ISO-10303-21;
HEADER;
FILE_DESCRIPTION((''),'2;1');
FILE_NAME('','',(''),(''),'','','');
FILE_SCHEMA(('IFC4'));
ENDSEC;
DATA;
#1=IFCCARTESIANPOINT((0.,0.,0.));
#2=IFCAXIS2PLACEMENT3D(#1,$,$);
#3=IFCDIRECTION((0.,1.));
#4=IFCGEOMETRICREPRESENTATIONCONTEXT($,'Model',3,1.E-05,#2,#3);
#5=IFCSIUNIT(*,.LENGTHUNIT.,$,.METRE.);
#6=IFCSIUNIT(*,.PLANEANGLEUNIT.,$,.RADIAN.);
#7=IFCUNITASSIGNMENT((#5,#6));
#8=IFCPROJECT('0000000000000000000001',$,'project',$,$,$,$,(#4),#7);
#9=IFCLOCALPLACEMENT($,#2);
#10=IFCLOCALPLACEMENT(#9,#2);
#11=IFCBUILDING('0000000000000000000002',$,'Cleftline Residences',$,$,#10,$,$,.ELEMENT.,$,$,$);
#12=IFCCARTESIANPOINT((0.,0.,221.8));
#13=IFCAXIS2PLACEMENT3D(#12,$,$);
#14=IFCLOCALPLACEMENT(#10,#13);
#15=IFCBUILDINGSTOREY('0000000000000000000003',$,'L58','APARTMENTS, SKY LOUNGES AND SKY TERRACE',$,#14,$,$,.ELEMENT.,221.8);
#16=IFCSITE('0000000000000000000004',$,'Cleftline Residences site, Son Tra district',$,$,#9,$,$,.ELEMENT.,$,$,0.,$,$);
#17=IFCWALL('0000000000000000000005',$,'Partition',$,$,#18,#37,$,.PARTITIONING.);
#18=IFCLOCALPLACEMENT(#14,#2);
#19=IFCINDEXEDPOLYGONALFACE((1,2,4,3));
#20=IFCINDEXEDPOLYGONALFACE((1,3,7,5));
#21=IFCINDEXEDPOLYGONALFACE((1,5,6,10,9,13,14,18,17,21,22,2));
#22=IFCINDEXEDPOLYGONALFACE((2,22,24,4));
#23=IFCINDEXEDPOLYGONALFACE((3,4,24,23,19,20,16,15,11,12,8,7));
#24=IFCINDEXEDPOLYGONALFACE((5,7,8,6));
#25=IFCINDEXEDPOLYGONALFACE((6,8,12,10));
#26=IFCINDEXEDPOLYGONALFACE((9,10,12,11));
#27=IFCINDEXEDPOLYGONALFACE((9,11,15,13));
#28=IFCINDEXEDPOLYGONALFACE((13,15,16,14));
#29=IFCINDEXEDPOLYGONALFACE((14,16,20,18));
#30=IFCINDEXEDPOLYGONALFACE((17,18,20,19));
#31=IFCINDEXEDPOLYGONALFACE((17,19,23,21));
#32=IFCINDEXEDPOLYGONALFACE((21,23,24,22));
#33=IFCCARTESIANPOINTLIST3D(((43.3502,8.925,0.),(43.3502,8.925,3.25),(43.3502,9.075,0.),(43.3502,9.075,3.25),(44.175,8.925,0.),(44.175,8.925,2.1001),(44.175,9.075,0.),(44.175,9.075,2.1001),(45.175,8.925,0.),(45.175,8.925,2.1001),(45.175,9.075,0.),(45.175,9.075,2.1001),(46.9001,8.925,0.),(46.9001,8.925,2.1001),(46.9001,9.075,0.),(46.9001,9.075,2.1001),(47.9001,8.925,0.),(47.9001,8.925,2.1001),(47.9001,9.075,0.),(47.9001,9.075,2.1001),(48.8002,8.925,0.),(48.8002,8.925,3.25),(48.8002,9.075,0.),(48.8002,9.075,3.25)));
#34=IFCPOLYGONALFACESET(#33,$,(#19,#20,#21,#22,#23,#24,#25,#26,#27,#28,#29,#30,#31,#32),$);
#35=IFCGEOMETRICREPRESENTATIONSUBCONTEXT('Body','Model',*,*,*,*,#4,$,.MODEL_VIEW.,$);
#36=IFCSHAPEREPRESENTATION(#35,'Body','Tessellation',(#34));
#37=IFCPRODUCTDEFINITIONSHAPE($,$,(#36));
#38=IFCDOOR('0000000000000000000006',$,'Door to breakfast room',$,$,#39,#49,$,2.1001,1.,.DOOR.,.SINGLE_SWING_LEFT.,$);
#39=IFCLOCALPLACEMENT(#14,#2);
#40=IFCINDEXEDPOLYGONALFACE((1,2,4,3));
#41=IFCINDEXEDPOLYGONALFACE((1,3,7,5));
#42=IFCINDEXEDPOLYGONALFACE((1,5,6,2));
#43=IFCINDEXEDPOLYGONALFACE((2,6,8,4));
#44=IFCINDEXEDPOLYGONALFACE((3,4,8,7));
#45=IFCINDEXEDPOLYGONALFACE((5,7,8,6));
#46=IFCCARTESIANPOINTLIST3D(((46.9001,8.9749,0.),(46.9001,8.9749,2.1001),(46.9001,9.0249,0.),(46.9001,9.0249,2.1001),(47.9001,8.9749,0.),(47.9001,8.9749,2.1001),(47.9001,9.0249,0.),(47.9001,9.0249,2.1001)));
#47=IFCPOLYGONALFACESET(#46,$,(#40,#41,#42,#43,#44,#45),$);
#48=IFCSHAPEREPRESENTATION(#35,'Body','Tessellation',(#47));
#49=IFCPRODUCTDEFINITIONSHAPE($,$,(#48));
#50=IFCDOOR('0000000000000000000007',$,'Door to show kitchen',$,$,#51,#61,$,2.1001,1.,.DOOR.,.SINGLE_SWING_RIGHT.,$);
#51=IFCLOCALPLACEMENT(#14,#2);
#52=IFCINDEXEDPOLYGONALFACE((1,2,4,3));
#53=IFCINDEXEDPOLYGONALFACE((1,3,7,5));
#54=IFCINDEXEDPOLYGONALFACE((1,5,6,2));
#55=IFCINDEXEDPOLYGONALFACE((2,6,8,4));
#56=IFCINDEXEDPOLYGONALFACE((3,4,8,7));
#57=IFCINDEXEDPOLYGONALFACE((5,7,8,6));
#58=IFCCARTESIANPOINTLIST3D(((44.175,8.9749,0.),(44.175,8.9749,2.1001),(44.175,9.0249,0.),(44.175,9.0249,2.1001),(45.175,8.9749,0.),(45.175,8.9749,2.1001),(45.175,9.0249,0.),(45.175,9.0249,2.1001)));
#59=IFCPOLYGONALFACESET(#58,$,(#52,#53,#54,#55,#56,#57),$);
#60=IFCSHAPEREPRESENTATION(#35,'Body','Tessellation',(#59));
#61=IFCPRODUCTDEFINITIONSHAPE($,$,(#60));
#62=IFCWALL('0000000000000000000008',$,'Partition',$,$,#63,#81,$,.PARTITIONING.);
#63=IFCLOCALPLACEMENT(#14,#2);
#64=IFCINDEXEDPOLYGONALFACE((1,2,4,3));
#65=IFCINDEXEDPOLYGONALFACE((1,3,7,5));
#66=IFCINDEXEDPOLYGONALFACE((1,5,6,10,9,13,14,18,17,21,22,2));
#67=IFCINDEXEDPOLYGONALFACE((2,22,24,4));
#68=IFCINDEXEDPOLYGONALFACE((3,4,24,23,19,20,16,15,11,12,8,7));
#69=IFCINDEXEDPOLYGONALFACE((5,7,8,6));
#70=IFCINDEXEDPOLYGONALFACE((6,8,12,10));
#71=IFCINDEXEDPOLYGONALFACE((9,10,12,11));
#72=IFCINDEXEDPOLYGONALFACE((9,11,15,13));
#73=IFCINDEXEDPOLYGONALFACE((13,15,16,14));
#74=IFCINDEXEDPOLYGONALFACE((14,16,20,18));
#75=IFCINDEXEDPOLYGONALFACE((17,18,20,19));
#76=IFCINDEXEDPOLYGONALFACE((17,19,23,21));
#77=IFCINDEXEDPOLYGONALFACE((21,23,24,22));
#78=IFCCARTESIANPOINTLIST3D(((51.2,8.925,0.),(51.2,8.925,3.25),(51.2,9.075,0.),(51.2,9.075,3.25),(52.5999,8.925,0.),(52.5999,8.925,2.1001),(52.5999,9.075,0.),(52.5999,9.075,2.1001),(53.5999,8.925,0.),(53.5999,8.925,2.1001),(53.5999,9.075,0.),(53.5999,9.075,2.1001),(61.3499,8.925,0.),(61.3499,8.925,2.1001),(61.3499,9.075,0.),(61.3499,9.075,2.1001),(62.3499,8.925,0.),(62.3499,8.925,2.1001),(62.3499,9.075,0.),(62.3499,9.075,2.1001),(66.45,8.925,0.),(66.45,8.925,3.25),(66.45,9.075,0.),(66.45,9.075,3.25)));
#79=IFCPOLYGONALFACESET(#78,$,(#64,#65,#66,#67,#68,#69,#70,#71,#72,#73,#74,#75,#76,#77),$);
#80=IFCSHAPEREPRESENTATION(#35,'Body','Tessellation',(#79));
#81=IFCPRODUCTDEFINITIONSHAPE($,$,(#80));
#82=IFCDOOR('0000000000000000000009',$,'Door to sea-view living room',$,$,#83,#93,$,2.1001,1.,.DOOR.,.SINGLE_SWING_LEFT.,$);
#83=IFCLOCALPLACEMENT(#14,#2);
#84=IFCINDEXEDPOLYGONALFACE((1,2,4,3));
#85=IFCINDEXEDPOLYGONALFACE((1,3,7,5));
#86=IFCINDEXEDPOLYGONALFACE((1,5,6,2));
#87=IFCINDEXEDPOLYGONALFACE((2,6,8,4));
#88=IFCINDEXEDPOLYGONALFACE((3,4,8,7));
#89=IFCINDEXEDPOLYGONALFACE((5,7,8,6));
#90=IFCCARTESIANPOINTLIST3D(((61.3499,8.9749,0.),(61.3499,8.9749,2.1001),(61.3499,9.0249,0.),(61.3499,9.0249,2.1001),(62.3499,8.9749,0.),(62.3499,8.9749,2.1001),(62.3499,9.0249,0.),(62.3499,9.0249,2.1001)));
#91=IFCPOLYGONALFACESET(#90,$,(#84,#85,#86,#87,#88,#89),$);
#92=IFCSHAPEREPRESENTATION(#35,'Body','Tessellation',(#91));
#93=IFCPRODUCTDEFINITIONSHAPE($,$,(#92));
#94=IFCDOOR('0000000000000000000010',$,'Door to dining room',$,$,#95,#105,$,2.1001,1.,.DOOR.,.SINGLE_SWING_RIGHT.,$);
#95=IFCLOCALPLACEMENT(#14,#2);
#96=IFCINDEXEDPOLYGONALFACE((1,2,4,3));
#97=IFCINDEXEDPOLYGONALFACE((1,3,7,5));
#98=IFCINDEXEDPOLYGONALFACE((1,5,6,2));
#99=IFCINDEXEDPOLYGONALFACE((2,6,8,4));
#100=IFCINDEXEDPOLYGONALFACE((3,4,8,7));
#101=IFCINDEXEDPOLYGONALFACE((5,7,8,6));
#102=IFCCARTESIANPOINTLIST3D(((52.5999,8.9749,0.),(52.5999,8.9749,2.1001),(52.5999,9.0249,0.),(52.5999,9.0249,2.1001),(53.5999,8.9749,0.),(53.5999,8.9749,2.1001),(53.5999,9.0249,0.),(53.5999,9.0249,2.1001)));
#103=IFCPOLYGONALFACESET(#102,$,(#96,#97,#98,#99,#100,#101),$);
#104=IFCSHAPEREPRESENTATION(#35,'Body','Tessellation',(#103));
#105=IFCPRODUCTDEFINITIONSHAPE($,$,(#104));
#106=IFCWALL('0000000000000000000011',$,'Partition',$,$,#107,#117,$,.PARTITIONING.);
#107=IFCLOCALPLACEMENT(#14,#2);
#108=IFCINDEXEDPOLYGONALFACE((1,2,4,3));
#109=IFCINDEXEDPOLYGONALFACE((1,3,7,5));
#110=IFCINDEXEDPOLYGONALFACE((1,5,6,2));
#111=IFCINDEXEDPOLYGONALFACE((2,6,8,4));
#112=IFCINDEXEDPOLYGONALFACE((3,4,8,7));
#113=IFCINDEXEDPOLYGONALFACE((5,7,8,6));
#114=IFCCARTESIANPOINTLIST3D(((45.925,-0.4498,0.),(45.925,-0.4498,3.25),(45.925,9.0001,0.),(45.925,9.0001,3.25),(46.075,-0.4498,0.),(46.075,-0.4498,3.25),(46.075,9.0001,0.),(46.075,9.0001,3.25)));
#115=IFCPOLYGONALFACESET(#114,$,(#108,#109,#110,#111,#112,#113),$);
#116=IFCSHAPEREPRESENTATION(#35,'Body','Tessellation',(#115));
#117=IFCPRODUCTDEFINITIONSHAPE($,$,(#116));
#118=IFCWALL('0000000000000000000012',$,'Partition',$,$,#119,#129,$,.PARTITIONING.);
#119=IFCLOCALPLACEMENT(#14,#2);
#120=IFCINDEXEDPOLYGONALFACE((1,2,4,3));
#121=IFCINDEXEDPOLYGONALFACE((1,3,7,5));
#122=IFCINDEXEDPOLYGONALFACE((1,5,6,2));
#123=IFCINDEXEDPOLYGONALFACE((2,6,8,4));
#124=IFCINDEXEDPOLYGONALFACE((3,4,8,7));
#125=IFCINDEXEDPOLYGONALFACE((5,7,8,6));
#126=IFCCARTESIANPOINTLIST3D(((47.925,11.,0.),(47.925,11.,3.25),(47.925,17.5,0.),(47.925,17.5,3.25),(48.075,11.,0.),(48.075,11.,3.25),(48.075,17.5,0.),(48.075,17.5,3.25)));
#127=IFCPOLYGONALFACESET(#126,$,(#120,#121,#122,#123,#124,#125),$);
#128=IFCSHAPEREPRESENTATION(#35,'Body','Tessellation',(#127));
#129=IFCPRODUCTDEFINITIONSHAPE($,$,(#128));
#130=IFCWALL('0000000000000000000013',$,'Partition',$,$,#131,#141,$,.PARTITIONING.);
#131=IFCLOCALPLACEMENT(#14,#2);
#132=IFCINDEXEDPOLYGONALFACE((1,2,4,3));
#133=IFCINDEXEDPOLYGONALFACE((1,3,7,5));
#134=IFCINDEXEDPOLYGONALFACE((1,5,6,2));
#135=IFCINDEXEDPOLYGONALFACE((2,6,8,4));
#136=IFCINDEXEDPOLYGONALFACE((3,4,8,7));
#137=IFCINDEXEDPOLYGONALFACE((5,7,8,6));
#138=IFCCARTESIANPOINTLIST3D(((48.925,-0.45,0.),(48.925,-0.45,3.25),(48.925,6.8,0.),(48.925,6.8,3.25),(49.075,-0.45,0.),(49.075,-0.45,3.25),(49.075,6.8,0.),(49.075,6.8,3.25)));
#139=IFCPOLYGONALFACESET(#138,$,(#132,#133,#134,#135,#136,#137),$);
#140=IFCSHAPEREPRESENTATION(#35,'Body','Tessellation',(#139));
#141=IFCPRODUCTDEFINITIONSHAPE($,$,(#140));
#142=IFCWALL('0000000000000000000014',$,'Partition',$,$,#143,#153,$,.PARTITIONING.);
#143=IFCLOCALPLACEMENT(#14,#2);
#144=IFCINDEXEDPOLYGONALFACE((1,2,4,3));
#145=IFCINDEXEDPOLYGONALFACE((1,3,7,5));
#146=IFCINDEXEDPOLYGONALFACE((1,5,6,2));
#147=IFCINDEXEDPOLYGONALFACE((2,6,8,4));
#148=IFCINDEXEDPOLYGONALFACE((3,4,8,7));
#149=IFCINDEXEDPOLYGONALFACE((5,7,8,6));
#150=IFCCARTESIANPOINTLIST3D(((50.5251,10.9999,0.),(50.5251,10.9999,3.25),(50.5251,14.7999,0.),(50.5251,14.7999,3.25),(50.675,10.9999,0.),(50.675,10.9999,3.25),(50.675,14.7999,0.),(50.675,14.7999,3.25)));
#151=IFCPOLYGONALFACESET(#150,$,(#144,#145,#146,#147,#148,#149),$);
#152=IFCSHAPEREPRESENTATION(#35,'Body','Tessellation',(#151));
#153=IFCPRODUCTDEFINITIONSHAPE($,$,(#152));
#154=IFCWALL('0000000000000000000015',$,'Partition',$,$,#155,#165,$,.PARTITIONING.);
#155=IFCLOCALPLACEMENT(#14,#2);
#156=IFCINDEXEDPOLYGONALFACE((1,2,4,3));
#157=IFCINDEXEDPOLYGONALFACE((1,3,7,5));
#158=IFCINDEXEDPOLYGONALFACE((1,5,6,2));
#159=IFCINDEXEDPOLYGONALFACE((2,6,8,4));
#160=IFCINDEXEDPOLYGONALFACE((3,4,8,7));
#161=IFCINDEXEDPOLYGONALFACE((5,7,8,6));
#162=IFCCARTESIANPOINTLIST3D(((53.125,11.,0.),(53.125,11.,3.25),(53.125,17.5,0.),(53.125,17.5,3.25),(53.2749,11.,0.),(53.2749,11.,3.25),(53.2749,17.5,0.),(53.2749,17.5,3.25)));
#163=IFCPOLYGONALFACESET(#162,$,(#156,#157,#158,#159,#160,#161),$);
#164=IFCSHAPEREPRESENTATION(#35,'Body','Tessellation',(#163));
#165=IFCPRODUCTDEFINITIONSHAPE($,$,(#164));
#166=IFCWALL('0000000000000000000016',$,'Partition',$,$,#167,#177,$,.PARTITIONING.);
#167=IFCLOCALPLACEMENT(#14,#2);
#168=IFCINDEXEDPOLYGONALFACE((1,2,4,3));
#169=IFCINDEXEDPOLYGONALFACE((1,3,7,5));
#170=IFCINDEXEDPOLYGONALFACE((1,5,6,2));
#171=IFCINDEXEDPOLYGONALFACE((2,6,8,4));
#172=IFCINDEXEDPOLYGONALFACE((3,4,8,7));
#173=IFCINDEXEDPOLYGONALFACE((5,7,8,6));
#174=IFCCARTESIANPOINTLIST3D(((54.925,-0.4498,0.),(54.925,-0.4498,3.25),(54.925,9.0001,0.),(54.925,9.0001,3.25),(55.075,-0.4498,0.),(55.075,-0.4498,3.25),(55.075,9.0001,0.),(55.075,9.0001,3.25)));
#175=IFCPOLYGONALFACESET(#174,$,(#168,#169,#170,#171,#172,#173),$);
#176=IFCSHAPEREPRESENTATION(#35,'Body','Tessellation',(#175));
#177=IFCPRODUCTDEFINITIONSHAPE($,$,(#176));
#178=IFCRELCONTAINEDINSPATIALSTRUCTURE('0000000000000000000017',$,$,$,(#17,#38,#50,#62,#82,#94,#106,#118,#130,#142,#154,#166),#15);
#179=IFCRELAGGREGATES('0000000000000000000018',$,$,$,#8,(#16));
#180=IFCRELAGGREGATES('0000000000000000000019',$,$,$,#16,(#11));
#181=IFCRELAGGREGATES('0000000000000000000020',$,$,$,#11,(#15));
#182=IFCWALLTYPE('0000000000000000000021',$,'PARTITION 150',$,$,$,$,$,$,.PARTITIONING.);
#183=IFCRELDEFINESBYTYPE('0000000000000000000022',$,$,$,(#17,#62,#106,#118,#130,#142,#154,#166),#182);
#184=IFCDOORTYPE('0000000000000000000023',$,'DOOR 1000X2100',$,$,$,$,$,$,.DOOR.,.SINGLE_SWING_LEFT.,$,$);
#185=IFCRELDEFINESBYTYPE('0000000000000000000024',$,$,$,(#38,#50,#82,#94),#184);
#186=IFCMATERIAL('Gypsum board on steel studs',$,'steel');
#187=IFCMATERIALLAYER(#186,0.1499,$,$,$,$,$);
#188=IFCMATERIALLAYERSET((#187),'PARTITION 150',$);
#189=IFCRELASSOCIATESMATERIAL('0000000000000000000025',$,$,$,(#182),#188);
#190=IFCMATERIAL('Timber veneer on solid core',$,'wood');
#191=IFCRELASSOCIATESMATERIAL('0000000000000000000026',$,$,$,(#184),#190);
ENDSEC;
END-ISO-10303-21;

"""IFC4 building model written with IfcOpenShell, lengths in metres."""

from ifc_helpers import new_model, si_unit, direction, frame, frame_2d, origin, place, context, subcontext, project, spatial, rectangle, extrude, material, layer, layer_set, type_object, element, fill, save


model = new_model("IFC4")

# Units and contexts
model_context = context("Model", 3, precision=1e-05, world=origin(), true_north=direction((0.0, 1.0)))
body_context = subcontext(model_context, "Body", "Model", "MODEL_VIEW")
ifc_project = project(units=[si_unit("LENGTHUNIT", "METRE"), si_unit("PLANEANGLEUNIT", "RADIAN")], contexts=[model_context])

# Site, building, storey
site_placement = place(None, origin())
site = spatial("IfcSite", under=ifc_project, at=site_placement, Name="Cleftline Residences site, Son Tra district", CompositionType="ELEMENT", RefElevation=0.0)
building_placement = place(site_placement, origin())
building = spatial("IfcBuilding", under=site, at=building_placement, Name="Cleftline Residences", CompositionType="ELEMENT")
storey_placement = place(building_placement, frame((0.0, 0.0, 221.8)))
storey = spatial("IfcBuildingStorey", under=building, at=storey_placement, Name="L58", Description="APARTMENTS, SKY LOUNGES AND SKY TERRACE", CompositionType="ELEMENT", Elevation=221.8)

# Walls, openings, doors
ifc_material_1 = material(Name="Gypsum board on steel studs", Category="steel")
ifc_layer = layer(ifc_material_1, 0.1499)
ifc_layer_set = layer_set([ifc_layer], Name="PARTITION 150")
wall_type = type_object("IfcWallType", Name="PARTITION 150", PredefinedType="PARTITIONING", material=ifc_layer_set)
wall_1_placement = place(storey_placement, frame((43.3501, 9.0, 0.0), z_axis=(0.0, 0.0, 1.0), x_axis=(1.0, 0.0, 0.0)))
wall_1 = element("IfcWall", 1, at=wall_1_placement, inside=storey, type_object=wall_type, Name="Partition", PredefinedType="PARTITIONING", context=body_context, shape_type="SweptSolid", body=[
    extrude(rectangle(XDim=5.45, YDim=0.1499, at=frame_2d((2.7251, 0.0))), origin(), (0.0, 0.0, 1.0), 3.25),
])
opening_1_placement = place(wall_1_placement, frame((3.55, 0.0, 0.0)))
opening_1 = element("IfcOpeningElement", 2, at=opening_1_placement, cuts=wall_1, PredefinedType="OPENING", context=body_context, shape_type="SweptSolid", body=[
    extrude(rectangle(XDim=1.0, YDim=2.1001, at=frame_2d((0.5, 1.05))), frame((0.0, 0.085, 0.0), z_axis=(0.0, -1.0, 0.0), x_axis=(1.0, 0.0, 0.0)), (0.0, 0.0, 1.0), 0.1699),
])
opening_2_placement = place(wall_1_placement, frame((0.825, 0.0, 0.0)))
opening_2 = element("IfcOpeningElement", 3, at=opening_2_placement, cuts=wall_1, PredefinedType="OPENING", context=body_context, shape_type="SweptSolid", body=[
    extrude(rectangle(XDim=1.0, YDim=2.1001, at=frame_2d((0.5, 1.05))), frame((0.0, 0.085, 0.0), z_axis=(0.0, -1.0, 0.0), x_axis=(1.0, 0.0, 0.0)), (0.0, 0.0, 1.0), 0.1699),
])
ifc_material_2 = material(Name="Timber veneer on solid core", Category="wood")
door_type_1 = type_object("IfcDoorType", Name="DOOR 1000X2100", OperationType="SINGLE_SWING_LEFT", PredefinedType="DOOR", material=ifc_material_2)
door_1_placement = place(opening_1_placement, origin())
door_1 = element("IfcDoor", 4, at=door_1_placement, inside=storey, type_object=door_type_1, Name="Door to breakfast room", OperationType="SINGLE_SWING_LEFT", OverallHeight=2.1001, OverallWidth=1.0, PredefinedType="DOOR", context=body_context, shape_type="SweptSolid", body=[
    extrude(rectangle(XDim=1.0, YDim=2.1001, at=frame_2d((0.5, 1.05))), frame((0.0, 0.0249, 0.0), z_axis=(0.0, -1.0, 0.0), x_axis=(1.0, 0.0, 0.0)), (0.0, 0.0, 1.0), 0.05),
])
fill(opening_1, door_1)
door_2_placement = place(opening_2_placement, origin())
door_2 = element("IfcDoor", 5, at=door_2_placement, inside=storey, type_object=door_type_1, Name="Door to show kitchen", OperationType="SINGLE_SWING_RIGHT", OverallHeight=2.1001, OverallWidth=1.0, PredefinedType="DOOR", context=body_context, shape_type="SweptSolid", body=[
    extrude(rectangle(XDim=1.0, YDim=2.1001, at=frame_2d((0.5, 1.05))), frame((0.0, 0.0249, 0.0), z_axis=(0.0, -1.0, 0.0), x_axis=(1.0, 0.0, 0.0)), (0.0, 0.0, 1.0), 0.05),
])
fill(opening_2, door_2)
wall_2_placement = place(storey_placement, frame((51.2, 9.0, 0.0), z_axis=(0.0, 0.0, 1.0), x_axis=(1.0, 0.0, 0.0)))
wall_2 = element("IfcWall", 6, at=wall_2_placement, inside=storey, type_object=wall_type, Name="Partition", PredefinedType="PARTITIONING", context=body_context, shape_type="SweptSolid", body=[
    extrude(rectangle(XDim=15.25, YDim=0.1499, at=frame_2d((7.625, 0.0))), origin(), (0.0, 0.0, 1.0), 3.25),
])
opening_3_placement = place(wall_2_placement, frame((10.1499, 0.0, 0.0)))
opening_3 = element("IfcOpeningElement", 7, at=opening_3_placement, cuts=wall_2, PredefinedType="OPENING", context=body_context, shape_type="SweptSolid", body=[
    extrude(rectangle(XDim=1.0, YDim=2.1001, at=frame_2d((0.5, 1.05))), frame((0.0, 0.085, 0.0), z_axis=(0.0, -1.0, 0.0), x_axis=(1.0, 0.0, 0.0)), (0.0, 0.0, 1.0), 0.1699),
])
opening_4_placement = place(wall_2_placement, frame((1.3999, 0.0, 0.0)))
opening_4 = element("IfcOpeningElement", 8, at=opening_4_placement, cuts=wall_2, PredefinedType="OPENING", context=body_context, shape_type="SweptSolid", body=[
    extrude(rectangle(XDim=1.0, YDim=2.1001, at=frame_2d((0.5, 1.05))), frame((0.0, 0.085, 0.0), z_axis=(0.0, -1.0, 0.0), x_axis=(1.0, 0.0, 0.0)), (0.0, 0.0, 1.0), 0.1699),
])
door_3_placement = place(opening_3_placement, origin())
door_3 = element("IfcDoor", 9, at=door_3_placement, inside=storey, type_object=door_type_1, Name="Door to sea-view living room", OperationType="SINGLE_SWING_LEFT", OverallHeight=2.1001, OverallWidth=1.0, PredefinedType="DOOR", context=body_context, shape_type="SweptSolid", body=[
    extrude(rectangle(XDim=1.0, YDim=2.1001, at=frame_2d((0.5, 1.05))), frame((0.0, 0.0249, 0.0), z_axis=(0.0, -1.0, 0.0), x_axis=(1.0, 0.0, 0.0)), (0.0, 0.0, 1.0), 0.05),
])
fill(opening_3, door_3)
door_4_placement = place(opening_4_placement, origin())
door_4 = element("IfcDoor", 10, at=door_4_placement, inside=storey, type_object=door_type_1, Name="Door to dining room", OperationType="SINGLE_SWING_RIGHT", OverallHeight=2.1001, OverallWidth=1.0, PredefinedType="DOOR", context=body_context, shape_type="SweptSolid", body=[
    extrude(rectangle(XDim=1.0, YDim=2.1001, at=frame_2d((0.5, 1.05))), frame((0.0, 0.0249, 0.0), z_axis=(0.0, -1.0, 0.0), x_axis=(1.0, 0.0, 0.0)), (0.0, 0.0, 1.0), 0.05),
])
fill(opening_4, door_4)

# Walls
wall_3_placement = place(storey_placement, frame((46.0, -0.45, 0.0), z_axis=(0.0, 0.0, 1.0), x_axis=(0.0, 1.0, 0.0)))
element("IfcWall", 11, at=wall_3_placement, inside=storey, type_object=wall_type, Name="Partition", PredefinedType="PARTITIONING", context=body_context, shape_type="SweptSolid", body=[
    extrude(rectangle(XDim=9.45, YDim=0.1499, at=frame_2d((4.7251, 0.0))), origin(), (0.0, 0.0, 1.0), 3.25),
])
wall_4_placement = place(storey_placement, frame((48.0, 11.0, 0.0), z_axis=(0.0, 0.0, 1.0), x_axis=(0.0, 1.0, 0.0)))
element("IfcWall", 12, at=wall_4_placement, inside=storey, type_object=wall_type, Name="Partition", PredefinedType="PARTITIONING", context=body_context, shape_type="SweptSolid", body=[
    extrude(rectangle(XDim=6.5, YDim=0.1499, at=frame_2d((3.25, 0.0))), origin(), (0.0, 0.0, 1.0), 3.25),
])
wall_5_placement = place(storey_placement, frame((49.0, -0.45, 0.0), z_axis=(0.0, 0.0, 1.0), x_axis=(0.0, 1.0, 0.0)))
element("IfcWall", 13, at=wall_5_placement, inside=storey, type_object=wall_type, Name="Partition", PredefinedType="PARTITIONING", context=body_context, shape_type="SweptSolid", body=[
    extrude(rectangle(XDim=7.25, YDim=0.1499, at=frame_2d((3.625, 0.0))), origin(), (0.0, 0.0, 1.0), 3.25),
])
wall_6_placement = place(storey_placement, frame((50.6001, 11.0, 0.0), z_axis=(0.0, 0.0, 1.0), x_axis=(0.0, 1.0, 0.0)))
element("IfcWall", 14, at=wall_6_placement, inside=storey, type_object=wall_type, Name="Partition", PredefinedType="PARTITIONING", context=body_context, shape_type="SweptSolid", body=[
    extrude(rectangle(XDim=3.8, YDim=0.1499, at=frame_2d((1.8999, 0.0))), origin(), (0.0, 0.0, 1.0), 3.25),
])
wall_7_placement = place(storey_placement, frame((53.2, 11.0, 0.0), z_axis=(0.0, 0.0, 1.0), x_axis=(0.0, 1.0, 0.0)))
element("IfcWall", 15, at=wall_7_placement, inside=storey, type_object=wall_type, Name="Partition", PredefinedType="PARTITIONING", context=body_context, shape_type="SweptSolid", body=[
    extrude(rectangle(XDim=6.5, YDim=0.1499, at=frame_2d((3.25, 0.0))), origin(), (0.0, 0.0, 1.0), 3.25),
])
wall_8_placement = place(storey_placement, frame((55.0, -0.45, 0.0), z_axis=(0.0, 0.0, 1.0), x_axis=(0.0, 1.0, 0.0)))
element("IfcWall", 16, at=wall_8_placement, inside=storey, type_object=wall_type, Name="Partition", PredefinedType="PARTITIONING", context=body_context, shape_type="SweptSolid", body=[
    extrude(rectangle(XDim=9.45, YDim=0.1499, at=frame_2d((4.7251, 0.0))), origin(), (0.0, 0.0, 1.0), 3.25),
])

save(model, "model.ifc")
